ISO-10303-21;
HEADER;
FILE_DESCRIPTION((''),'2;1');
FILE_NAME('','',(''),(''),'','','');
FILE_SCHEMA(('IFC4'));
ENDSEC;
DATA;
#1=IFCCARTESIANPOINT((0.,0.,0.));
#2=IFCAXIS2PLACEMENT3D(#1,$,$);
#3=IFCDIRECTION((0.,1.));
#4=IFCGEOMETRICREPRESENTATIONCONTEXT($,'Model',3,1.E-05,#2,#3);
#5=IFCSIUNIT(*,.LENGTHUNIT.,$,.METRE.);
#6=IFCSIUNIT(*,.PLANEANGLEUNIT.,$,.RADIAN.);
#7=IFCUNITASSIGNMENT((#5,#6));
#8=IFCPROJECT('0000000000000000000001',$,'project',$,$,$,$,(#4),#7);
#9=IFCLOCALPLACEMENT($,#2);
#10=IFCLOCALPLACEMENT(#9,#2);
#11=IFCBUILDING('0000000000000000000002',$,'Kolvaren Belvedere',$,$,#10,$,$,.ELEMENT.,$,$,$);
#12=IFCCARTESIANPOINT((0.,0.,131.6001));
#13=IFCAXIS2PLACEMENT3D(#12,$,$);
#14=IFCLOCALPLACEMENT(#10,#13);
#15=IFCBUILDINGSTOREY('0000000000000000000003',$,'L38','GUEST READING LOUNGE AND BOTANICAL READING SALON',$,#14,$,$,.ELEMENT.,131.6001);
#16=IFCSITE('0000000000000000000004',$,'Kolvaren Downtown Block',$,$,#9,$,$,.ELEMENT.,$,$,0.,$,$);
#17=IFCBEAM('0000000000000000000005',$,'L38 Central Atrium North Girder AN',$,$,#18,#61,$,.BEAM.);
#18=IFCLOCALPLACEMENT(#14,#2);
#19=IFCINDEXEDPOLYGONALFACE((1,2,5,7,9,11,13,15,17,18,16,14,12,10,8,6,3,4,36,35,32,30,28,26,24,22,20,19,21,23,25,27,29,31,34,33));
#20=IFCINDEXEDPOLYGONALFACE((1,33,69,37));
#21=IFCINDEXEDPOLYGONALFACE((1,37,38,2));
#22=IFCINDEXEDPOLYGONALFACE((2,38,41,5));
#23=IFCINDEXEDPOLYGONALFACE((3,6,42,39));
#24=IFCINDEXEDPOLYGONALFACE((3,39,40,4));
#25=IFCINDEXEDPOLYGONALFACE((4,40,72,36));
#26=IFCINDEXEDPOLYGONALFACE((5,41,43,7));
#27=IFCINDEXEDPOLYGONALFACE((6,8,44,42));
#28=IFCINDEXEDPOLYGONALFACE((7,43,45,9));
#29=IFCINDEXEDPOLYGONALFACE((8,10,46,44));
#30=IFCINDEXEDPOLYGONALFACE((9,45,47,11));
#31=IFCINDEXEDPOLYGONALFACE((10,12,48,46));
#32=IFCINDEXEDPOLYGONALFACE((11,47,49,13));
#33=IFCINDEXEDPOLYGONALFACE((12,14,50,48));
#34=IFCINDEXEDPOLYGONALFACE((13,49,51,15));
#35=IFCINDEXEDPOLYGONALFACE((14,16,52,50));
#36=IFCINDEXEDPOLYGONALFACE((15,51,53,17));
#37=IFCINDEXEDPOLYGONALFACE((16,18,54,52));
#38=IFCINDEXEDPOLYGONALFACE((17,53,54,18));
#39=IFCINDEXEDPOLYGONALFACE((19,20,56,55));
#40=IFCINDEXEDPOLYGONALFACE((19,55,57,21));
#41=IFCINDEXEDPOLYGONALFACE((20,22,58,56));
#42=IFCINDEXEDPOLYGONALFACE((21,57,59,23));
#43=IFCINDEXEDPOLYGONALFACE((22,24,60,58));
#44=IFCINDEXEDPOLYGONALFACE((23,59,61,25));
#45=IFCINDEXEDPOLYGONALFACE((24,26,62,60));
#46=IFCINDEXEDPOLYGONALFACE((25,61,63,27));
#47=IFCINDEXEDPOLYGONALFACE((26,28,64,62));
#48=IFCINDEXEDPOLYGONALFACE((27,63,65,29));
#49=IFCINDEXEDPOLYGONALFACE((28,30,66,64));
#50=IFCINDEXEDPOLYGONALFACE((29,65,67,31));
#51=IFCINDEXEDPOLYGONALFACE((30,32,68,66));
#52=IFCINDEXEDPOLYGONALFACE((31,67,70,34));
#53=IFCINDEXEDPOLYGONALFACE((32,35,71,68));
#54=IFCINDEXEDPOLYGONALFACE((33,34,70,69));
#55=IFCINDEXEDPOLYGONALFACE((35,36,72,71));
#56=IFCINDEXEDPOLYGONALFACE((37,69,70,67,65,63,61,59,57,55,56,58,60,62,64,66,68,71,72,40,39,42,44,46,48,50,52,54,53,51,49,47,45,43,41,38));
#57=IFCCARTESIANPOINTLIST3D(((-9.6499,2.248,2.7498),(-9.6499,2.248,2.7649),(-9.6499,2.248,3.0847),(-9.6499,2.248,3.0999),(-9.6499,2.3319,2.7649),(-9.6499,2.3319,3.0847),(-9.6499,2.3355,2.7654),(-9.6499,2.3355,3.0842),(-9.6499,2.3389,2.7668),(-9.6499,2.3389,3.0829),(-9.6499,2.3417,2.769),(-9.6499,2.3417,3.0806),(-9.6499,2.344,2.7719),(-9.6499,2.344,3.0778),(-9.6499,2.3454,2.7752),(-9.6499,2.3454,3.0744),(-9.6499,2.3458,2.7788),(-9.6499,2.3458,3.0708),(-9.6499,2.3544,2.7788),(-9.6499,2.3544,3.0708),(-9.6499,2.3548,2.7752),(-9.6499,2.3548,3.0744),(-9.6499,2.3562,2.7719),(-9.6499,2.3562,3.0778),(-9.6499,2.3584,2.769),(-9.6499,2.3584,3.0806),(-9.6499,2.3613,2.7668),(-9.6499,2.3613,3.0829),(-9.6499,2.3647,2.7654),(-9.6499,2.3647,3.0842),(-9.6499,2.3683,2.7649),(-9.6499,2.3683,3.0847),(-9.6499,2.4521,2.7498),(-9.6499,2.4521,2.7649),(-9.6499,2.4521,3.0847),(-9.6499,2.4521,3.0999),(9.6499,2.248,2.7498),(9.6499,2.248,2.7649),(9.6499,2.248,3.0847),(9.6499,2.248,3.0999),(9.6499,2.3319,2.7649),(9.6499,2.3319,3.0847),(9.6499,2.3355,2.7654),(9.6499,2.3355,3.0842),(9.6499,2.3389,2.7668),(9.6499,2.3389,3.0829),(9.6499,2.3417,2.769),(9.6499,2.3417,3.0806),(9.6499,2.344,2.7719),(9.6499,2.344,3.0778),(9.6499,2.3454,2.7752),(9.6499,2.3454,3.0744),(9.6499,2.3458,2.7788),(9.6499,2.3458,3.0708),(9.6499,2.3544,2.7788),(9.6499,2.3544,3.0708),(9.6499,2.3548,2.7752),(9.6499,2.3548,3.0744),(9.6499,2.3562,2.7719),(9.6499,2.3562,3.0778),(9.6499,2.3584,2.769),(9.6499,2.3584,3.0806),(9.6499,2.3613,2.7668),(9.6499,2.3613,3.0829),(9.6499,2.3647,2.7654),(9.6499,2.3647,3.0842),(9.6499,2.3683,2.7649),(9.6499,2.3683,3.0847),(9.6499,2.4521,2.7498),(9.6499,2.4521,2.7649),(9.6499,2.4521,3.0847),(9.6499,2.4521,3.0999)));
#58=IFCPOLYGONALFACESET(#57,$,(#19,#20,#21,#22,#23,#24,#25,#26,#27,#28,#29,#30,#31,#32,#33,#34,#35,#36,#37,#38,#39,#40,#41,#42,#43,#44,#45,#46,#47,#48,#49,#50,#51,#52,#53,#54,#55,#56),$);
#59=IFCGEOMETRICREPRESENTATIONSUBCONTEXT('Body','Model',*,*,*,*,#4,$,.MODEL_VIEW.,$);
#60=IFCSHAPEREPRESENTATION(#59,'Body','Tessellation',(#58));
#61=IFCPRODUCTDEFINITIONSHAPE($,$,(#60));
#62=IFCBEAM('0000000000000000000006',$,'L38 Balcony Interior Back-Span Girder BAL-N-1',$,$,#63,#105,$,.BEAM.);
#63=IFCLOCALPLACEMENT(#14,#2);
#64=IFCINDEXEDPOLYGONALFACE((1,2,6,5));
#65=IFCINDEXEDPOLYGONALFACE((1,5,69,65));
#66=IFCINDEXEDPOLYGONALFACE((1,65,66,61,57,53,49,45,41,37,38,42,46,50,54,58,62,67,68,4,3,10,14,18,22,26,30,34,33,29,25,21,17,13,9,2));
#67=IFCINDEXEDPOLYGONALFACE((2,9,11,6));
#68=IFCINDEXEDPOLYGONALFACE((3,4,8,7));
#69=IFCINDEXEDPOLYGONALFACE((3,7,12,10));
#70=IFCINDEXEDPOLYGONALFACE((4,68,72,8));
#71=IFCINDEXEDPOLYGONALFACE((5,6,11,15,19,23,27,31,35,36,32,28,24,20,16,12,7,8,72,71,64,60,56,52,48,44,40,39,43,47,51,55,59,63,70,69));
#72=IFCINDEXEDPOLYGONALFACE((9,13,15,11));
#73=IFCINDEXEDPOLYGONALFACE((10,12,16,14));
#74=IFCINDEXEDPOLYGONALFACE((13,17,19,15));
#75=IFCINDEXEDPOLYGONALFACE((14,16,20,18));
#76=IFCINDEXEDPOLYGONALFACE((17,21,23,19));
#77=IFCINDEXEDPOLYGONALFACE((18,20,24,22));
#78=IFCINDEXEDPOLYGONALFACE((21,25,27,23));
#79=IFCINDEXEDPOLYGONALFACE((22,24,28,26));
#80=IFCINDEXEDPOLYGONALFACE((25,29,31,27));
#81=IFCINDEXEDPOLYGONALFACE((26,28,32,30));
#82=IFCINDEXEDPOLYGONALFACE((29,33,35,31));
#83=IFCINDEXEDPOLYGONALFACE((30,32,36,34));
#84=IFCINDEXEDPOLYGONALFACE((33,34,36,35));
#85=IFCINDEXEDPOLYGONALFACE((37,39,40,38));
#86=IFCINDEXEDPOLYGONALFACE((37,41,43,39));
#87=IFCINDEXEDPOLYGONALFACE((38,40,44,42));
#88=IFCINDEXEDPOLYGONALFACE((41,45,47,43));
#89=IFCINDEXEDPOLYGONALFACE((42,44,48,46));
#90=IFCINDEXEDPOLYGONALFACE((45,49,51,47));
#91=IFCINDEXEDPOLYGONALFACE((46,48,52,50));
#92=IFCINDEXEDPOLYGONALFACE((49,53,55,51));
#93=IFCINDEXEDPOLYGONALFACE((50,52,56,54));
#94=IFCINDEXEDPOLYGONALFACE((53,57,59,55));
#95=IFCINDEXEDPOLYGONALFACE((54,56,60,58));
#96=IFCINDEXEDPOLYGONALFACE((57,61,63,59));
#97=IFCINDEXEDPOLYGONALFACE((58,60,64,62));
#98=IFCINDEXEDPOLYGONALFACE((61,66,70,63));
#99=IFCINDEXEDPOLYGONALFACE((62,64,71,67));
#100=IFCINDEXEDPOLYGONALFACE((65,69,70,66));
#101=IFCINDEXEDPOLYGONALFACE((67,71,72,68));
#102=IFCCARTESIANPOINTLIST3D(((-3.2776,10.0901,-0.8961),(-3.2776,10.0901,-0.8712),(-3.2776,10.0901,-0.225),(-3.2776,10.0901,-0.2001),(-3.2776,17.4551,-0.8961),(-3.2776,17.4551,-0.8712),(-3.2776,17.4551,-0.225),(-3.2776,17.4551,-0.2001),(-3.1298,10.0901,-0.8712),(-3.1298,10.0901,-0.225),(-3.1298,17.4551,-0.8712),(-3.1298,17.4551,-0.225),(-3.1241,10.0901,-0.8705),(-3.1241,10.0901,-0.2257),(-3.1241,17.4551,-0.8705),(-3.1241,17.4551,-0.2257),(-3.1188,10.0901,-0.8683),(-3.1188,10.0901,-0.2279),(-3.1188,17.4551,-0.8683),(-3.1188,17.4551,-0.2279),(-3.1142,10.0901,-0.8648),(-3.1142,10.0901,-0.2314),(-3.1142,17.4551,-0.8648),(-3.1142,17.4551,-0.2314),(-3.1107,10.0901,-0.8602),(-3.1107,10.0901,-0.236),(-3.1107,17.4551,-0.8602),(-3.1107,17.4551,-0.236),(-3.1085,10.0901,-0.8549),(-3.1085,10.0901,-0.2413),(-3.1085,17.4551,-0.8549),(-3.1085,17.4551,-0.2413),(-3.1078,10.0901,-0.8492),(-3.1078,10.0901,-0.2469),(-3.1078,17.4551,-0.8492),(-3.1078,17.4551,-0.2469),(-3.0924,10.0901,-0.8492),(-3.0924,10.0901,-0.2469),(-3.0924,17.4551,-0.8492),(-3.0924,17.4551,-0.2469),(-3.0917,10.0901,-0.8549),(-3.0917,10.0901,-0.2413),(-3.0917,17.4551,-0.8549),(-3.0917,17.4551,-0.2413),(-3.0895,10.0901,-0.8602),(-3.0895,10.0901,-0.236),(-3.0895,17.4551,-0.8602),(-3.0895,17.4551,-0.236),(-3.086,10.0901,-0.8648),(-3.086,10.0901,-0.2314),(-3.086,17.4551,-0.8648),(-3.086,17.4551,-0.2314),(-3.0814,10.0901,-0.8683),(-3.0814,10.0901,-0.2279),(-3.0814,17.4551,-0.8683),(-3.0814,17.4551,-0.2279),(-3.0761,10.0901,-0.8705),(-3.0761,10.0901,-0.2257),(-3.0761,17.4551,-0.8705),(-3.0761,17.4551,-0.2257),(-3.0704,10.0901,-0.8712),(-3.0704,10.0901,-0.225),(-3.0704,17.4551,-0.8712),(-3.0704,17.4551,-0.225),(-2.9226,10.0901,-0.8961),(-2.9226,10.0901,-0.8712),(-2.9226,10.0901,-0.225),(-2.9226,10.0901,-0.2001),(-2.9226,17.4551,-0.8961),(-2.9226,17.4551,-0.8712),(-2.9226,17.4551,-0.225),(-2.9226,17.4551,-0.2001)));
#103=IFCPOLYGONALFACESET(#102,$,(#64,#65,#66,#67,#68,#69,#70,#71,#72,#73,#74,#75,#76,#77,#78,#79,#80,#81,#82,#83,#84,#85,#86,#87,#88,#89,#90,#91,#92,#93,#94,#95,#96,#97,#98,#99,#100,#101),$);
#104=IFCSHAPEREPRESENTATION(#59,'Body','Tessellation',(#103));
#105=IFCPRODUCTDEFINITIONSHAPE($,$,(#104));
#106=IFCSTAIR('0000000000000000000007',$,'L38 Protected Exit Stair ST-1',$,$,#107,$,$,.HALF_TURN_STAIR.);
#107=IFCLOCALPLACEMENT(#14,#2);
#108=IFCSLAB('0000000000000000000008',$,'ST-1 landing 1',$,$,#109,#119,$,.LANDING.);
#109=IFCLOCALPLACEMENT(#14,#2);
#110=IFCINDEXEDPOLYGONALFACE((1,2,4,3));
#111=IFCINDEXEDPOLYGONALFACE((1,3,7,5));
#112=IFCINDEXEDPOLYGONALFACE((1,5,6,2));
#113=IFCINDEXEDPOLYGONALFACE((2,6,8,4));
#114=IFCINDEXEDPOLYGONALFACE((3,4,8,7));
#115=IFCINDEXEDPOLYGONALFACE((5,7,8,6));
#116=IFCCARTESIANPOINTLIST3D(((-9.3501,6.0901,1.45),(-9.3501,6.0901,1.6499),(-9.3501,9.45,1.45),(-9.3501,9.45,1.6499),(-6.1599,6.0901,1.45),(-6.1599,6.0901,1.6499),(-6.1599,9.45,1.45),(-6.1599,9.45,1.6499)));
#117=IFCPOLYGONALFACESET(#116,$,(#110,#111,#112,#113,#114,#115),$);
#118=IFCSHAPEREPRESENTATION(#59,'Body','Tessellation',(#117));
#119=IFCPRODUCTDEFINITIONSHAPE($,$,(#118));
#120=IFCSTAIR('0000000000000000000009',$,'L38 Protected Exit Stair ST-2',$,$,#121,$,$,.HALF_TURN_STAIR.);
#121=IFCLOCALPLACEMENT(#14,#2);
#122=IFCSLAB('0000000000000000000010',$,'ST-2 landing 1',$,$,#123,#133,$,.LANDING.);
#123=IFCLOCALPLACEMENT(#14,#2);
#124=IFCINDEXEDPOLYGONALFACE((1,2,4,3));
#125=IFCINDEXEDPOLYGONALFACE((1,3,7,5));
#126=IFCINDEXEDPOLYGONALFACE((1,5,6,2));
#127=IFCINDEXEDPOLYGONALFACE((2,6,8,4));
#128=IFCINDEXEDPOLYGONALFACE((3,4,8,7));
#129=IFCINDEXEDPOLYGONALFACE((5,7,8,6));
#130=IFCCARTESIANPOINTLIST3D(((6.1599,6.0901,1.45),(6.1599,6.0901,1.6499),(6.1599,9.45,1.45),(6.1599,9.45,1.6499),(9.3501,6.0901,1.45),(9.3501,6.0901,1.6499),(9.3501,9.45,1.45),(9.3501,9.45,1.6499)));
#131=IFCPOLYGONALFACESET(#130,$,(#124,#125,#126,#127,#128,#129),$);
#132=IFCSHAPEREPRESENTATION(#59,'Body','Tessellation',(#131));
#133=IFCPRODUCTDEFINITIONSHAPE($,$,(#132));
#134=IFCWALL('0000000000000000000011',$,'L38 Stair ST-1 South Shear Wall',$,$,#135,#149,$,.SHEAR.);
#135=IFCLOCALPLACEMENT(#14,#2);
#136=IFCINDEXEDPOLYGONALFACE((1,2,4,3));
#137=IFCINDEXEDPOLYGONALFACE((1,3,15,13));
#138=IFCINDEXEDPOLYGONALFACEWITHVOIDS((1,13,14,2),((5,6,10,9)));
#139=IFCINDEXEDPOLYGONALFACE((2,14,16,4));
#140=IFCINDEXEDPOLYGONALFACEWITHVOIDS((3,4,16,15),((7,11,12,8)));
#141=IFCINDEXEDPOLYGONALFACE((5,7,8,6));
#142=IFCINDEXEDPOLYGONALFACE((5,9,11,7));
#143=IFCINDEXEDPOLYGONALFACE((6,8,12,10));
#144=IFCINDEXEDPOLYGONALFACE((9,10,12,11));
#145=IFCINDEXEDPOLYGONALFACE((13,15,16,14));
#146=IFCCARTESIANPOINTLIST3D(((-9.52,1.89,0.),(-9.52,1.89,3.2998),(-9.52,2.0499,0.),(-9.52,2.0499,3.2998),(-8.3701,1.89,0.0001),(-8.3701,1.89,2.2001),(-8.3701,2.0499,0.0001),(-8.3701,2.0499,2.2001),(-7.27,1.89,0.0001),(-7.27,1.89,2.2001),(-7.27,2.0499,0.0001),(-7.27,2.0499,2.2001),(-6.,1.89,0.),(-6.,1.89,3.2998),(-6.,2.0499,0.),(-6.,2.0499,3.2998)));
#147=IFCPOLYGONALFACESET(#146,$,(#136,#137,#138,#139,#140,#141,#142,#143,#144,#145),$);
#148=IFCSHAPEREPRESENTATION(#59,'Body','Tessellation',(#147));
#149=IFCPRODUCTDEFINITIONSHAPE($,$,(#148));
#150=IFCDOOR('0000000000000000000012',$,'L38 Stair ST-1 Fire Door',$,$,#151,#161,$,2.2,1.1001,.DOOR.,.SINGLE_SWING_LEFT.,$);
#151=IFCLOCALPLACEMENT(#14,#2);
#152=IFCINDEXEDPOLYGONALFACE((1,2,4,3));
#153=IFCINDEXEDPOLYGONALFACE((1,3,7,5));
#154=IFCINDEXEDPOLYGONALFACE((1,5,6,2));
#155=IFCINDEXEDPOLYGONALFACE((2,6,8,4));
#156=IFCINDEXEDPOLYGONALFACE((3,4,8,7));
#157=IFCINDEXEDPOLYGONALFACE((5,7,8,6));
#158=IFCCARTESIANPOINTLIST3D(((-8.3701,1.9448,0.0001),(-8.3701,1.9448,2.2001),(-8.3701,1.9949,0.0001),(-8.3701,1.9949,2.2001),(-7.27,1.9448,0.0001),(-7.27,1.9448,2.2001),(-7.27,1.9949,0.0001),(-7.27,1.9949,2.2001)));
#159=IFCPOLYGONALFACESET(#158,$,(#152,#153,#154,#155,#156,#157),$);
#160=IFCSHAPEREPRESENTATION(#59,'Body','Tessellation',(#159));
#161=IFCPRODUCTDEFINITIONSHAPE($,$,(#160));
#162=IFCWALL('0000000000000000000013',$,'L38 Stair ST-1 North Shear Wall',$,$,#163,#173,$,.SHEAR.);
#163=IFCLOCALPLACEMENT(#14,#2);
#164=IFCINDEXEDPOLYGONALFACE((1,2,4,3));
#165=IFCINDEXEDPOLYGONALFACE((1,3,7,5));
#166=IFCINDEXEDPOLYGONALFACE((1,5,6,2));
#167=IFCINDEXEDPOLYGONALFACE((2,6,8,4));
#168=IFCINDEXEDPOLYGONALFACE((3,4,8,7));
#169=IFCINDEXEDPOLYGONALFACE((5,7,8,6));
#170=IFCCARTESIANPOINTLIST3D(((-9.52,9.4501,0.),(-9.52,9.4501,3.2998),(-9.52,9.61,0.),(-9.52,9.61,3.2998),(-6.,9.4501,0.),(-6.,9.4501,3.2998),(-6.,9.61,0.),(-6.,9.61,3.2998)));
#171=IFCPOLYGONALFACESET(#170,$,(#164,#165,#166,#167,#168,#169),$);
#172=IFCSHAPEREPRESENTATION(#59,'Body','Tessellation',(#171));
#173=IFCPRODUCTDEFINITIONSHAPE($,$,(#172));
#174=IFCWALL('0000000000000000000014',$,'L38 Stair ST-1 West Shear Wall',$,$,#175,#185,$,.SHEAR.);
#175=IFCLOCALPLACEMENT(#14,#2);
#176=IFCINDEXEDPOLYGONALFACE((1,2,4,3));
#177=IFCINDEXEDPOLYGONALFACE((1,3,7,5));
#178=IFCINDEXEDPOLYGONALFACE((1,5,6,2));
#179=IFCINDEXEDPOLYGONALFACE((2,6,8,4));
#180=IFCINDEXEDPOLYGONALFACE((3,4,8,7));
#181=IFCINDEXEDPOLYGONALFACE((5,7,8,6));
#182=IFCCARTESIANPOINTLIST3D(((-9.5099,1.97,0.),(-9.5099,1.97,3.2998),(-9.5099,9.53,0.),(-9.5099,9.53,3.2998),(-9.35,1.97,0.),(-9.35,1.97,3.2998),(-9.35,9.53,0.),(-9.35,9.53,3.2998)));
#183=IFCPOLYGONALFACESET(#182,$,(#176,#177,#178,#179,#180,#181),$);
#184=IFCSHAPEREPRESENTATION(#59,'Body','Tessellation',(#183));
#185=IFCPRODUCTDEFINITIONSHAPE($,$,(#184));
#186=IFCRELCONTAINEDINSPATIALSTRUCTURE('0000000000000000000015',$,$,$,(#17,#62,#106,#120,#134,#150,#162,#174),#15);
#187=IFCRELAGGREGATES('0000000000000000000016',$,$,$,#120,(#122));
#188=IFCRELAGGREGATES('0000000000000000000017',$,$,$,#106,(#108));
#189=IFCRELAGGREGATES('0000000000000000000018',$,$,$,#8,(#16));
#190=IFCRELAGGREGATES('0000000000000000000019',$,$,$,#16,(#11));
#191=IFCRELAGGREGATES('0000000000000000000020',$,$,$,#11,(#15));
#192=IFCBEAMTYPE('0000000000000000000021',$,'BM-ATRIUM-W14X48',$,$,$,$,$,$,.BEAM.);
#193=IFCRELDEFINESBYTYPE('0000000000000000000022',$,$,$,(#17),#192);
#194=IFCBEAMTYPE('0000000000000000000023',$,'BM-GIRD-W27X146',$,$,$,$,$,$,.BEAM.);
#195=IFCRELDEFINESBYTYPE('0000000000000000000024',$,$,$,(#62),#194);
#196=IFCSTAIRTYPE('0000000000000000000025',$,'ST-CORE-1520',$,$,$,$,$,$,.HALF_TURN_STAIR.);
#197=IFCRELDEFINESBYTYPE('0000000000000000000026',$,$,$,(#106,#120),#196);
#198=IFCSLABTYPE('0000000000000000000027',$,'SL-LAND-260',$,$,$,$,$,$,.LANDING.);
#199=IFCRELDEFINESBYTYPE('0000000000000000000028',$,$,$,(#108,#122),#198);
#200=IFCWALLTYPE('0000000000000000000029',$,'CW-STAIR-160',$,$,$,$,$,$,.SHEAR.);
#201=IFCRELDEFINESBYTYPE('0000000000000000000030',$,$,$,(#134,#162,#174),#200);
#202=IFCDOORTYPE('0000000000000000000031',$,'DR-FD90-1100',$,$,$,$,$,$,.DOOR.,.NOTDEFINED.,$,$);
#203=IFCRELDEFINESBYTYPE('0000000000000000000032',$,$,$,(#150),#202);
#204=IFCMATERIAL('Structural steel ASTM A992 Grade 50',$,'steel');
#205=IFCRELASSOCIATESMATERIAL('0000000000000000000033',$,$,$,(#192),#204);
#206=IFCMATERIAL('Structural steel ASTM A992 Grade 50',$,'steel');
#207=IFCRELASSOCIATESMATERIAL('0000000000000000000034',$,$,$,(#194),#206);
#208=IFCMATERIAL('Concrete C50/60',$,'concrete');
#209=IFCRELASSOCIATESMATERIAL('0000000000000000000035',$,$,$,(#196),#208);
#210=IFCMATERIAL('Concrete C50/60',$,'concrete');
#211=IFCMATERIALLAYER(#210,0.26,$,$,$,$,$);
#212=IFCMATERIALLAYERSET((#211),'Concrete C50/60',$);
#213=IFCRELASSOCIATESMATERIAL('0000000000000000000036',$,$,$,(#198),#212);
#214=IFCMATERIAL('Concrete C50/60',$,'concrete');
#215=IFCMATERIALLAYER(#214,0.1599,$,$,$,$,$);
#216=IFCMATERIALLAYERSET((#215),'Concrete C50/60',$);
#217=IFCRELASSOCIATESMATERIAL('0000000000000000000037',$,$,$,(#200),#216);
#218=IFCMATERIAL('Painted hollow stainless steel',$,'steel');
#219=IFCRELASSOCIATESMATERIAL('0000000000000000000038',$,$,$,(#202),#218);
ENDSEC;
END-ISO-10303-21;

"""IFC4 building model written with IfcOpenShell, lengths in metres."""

from ifc_helpers import new_model, si_unit, direction, frame, frame_2d, origin, origin_2d, place, context, subcontext, project, spatial, polyline, rectangle, i_section, outline, extrude, material, layer, layer_set, material_profile, profile_set, type_object, element, fill, aggregate, save


model = new_model("IFC4")

# Units and contexts
model_context = context("Model", 3, precision=1e-05, world=origin(), true_north=direction((0.0, 1.0)))
body_context = subcontext(model_context, "Body", "Model", "MODEL_VIEW")
ifc_project = project(units=[si_unit("LENGTHUNIT", "METRE"), si_unit("PLANEANGLEUNIT", "RADIAN")], contexts=[model_context])

# Site, building, storey
site_placement = place(None, origin())
site = spatial("IfcSite", under=ifc_project, at=site_placement, Name="Kolvaren Downtown Block", CompositionType="ELEMENT", RefElevation=0.0)
building_placement = place(site_placement, origin())
building = spatial("IfcBuilding", under=site, at=building_placement, Name="Kolvaren Belvedere", CompositionType="ELEMENT")
storey_placement = place(building_placement, frame((0.0, 0.0, 131.6001)))
storey = spatial("IfcBuildingStorey", under=building, at=storey_placement, Name="L38", Description="GUEST READING LOUNGE AND BOTANICAL READING SALON", CompositionType="ELEMENT", Elevation=131.6001)

# Beams
ifc_material_1 = material(Name="Structural steel ASTM A992 Grade 50", Category="steel")
ifc_material_profile_1 = material_profile(ifc_material_1, i_section(OverallWidth=0.2041, OverallDepth=0.3501, WebThickness=0.0085, FlangeThickness=0.0151, FilletRadius=0.0139, at=origin_2d()), Name="W14X48")
ifc_profile_set_1 = profile_set([ifc_material_profile_1], Name="Structural steel ASTM A992 Grade 50")
beam_type_1 = type_object("IfcBeamType", Name="BM-ATRIUM-W14X48", PredefinedType="BEAM", material=ifc_profile_set_1)
beam_1_placement = place(storey_placement, frame((-9.6499, 2.3501, 2.9248), z_axis=(1.0, 0.0, 0.0), x_axis=(0.0, 1.0, 0.0)))
element("IfcBeam", 1, at=beam_1_placement, inside=storey, type_object=beam_type_1, Name="L38 Central Atrium North Girder AN", PredefinedType="BEAM", context=body_context, shape_type="SweptSolid", body=[
    extrude(i_section(OverallWidth=0.2041, OverallDepth=0.3501, WebThickness=0.0085, FlangeThickness=0.0151, FilletRadius=0.0139, at=origin_2d()), origin(), (0.0, 0.0, 1.0), 19.2998),
])
ifc_material_2 = material(Name="Structural steel ASTM A992 Grade 50", Category="steel")
ifc_material_profile_2 = material_profile(ifc_material_2, i_section(OverallWidth=0.355, OverallDepth=0.696, WebThickness=0.0154, FlangeThickness=0.0249, FilletRadius=0.022, at=origin_2d()), Name="W27X146")
ifc_profile_set_2 = profile_set([ifc_material_profile_2], Name="Structural steel ASTM A992 Grade 50")
beam_type_2 = type_object("IfcBeamType", Name="BM-GIRD-W27X146", PredefinedType="BEAM", material=ifc_profile_set_2)
beam_2_placement = place(storey_placement, frame((-3.1001, 10.0901, -0.5481), z_axis=(0.0, 1.0, 0.0), x_axis=(-1.0, 0.0, 0.0)))
element("IfcBeam", 2, at=beam_2_placement, inside=storey, type_object=beam_type_2, Name="L38 Balcony Interior Back-Span Girder BAL-N-1", PredefinedType="BEAM", context=body_context, shape_type="SweptSolid", body=[
    extrude(i_section(OverallWidth=0.355, OverallDepth=0.696, WebThickness=0.0154, FlangeThickness=0.0249, FilletRadius=0.022, at=origin_2d()), origin(), (0.0, 0.0, 1.0), 7.365),
])

# Stairs, slabs
ifc_material_3 = material(Name="Concrete C50/60", Category="concrete")
stair_type = type_object("IfcStairType", Name="ST-CORE-1520", PredefinedType="HALF_TURN_STAIR", material=ifc_material_3)
stair_1_placement = place(storey_placement, origin())
stair_1 = element("IfcStair", 3, at=stair_1_placement, inside=storey, type_object=stair_type, Name="L38 Protected Exit Stair ST-1", PredefinedType="HALF_TURN_STAIR")
ifc_material_4 = material(Name="Concrete C50/60", Category="concrete")
ifc_layer_1 = layer(ifc_material_4, 0.26)
ifc_layer_set_1 = layer_set([ifc_layer_1], Name="Concrete C50/60")
slab_type = type_object("IfcSlabType", Name="SL-LAND-260", PredefinedType="LANDING", material=ifc_layer_set_1)
slab_1_placement = place(storey_placement, frame((0.0, 0.0, 1.45)))
slab_1 = element("IfcSlab", 4, at=slab_1_placement, type_object=slab_type, Name="ST-1 landing 1", PredefinedType="LANDING", context=body_context, shape_type="SweptSolid", body=[
    extrude(outline(polyline([(-6.1599, 6.0901), (-6.1599, 9.45), (-9.3501, 9.45), (-9.3501, 6.0901), (-6.1599, 6.0901)])), origin(), (0.0, 0.0, 1.0), 0.2),
])
stair_2_placement = place(storey_placement, origin())
stair_2 = element("IfcStair", 5, at=stair_2_placement, inside=storey, type_object=stair_type, Name="L38 Protected Exit Stair ST-2", PredefinedType="HALF_TURN_STAIR")
slab_2_placement = place(storey_placement, frame((0.0, 0.0, 1.45)))
slab_2 = element("IfcSlab", 6, at=slab_2_placement, type_object=slab_type, Name="ST-2 landing 1", PredefinedType="LANDING", context=body_context, shape_type="SweptSolid", body=[
    extrude(outline(polyline([(9.3501, 6.0901), (9.3501, 9.45), (6.1599, 9.45), (6.1599, 6.0901), (9.3501, 6.0901)])), origin(), (0.0, 0.0, 1.0), 0.2),
])
aggregate(stair_2, [slab_2])

# Wall, opening, door
ifc_material_5 = material(Name="Concrete C50/60", Category="concrete")
ifc_layer_2 = layer(ifc_material_5, 0.1599)
ifc_layer_set_2 = layer_set([ifc_layer_2], Name="Concrete C50/60")
wall_type_1 = type_object("IfcWallType", Name="CW-STAIR-160", PredefinedType="SHEAR", material=ifc_layer_set_2)
wall_1_placement = place(storey_placement, frame((-9.52, 1.97, 0.0), z_axis=(0.0, 0.0, 1.0), x_axis=(1.0, 0.0, 0.0)))
wall_1 = element("IfcWall", 7, at=wall_1_placement, inside=storey, type_object=wall_type_1, Name="L38 Stair ST-1 South Shear Wall", PredefinedType="SHEAR", context=body_context, shape_type="SweptSolid", body=[
    extrude(rectangle(XDim=3.52, YDim=0.1599, at=frame_2d((1.76, 0.0))), origin(), (0.0, 0.0, 1.0), 3.2998),
])
opening_1_placement = place(wall_1_placement, frame((1.1499, 0.0, 0.0)))
opening_1 = element("IfcOpeningElement", 8, at=opening_1_placement, cuts=wall_1, PredefinedType="OPENING", context=body_context, shape_type="SweptSolid", body=[
    extrude(rectangle(XDim=1.1001, YDim=2.2, at=frame_2d((0.55, 1.1001))), frame((0.0, 0.0898, 0.0), z_axis=(0.0, -1.0, 0.0), x_axis=(1.0, 0.0, 0.0)), (0.0, 0.0, 1.0), 0.1799),
])
ifc_material_6 = material(Name="Painted hollow stainless steel", Category="steel")
door_type_1 = type_object("IfcDoorType", Name="DR-FD90-1100", OperationType="NOTDEFINED", PredefinedType="DOOR", material=ifc_material_6)
door_1_placement = place(opening_1_placement, origin())
door_1 = element("IfcDoor", 9, at=door_1_placement, inside=storey, type_object=door_type_1, Name="L38 Stair ST-1 Fire Door", OperationType="SINGLE_SWING_LEFT", OverallHeight=2.2, OverallWidth=1.1001, PredefinedType="DOOR", context=body_context, shape_type="SweptSolid", body=[
    extrude(rectangle(XDim=1.1001, YDim=2.2, at=frame_2d((0.55, 1.1001))), frame((0.0, 0.0249, 0.0), z_axis=(0.0, -1.0, 0.0), x_axis=(1.0, 0.0, 0.0)), (0.0, 0.0, 1.0), 0.05),
])
fill(opening_1, door_1)

# Walls
wall_2_placement = place(storey_placement, frame((-9.52, 9.53, 0.0), z_axis=(0.0, 0.0, 1.0), x_axis=(1.0, 0.0, 0.0)))
element("IfcWall", 10, at=wall_2_placement, inside=storey, type_object=wall_type_1, Name="L38 Stair ST-1 North Shear Wall", PredefinedType="SHEAR", context=body_context, shape_type="SweptSolid", body=[
    extrude(rectangle(XDim=3.52, YDim=0.1599, at=frame_2d((1.76, 0.0))), origin(), (0.0, 0.0, 1.0), 3.2998),
])
for number, where, z_axis, x_axis, name in (
    (11, (-9.4299, 1.97, 0.0), (0.0, 0.0, 1.0), (0.0, 1.0, 0.0), "L38 Stair ST-1 West Shear Wall"),
):
    element("IfcWall", number, at=place(storey_placement, frame(where, z_axis=z_axis, x_axis=x_axis)), inside=storey, type_object=wall_type_1, Name=name, PredefinedType="SHEAR", context=body_context, shape_type="SweptSolid", body=[
        extrude(rectangle(XDim=7.5601, YDim=0.1599, at=frame_2d((3.78, 0.0))), origin(), (0.0, 0.0, 1.0), 3.2998),
    ])

aggregate(stair_1, [slab_1])

save(model, "model.ifc")
